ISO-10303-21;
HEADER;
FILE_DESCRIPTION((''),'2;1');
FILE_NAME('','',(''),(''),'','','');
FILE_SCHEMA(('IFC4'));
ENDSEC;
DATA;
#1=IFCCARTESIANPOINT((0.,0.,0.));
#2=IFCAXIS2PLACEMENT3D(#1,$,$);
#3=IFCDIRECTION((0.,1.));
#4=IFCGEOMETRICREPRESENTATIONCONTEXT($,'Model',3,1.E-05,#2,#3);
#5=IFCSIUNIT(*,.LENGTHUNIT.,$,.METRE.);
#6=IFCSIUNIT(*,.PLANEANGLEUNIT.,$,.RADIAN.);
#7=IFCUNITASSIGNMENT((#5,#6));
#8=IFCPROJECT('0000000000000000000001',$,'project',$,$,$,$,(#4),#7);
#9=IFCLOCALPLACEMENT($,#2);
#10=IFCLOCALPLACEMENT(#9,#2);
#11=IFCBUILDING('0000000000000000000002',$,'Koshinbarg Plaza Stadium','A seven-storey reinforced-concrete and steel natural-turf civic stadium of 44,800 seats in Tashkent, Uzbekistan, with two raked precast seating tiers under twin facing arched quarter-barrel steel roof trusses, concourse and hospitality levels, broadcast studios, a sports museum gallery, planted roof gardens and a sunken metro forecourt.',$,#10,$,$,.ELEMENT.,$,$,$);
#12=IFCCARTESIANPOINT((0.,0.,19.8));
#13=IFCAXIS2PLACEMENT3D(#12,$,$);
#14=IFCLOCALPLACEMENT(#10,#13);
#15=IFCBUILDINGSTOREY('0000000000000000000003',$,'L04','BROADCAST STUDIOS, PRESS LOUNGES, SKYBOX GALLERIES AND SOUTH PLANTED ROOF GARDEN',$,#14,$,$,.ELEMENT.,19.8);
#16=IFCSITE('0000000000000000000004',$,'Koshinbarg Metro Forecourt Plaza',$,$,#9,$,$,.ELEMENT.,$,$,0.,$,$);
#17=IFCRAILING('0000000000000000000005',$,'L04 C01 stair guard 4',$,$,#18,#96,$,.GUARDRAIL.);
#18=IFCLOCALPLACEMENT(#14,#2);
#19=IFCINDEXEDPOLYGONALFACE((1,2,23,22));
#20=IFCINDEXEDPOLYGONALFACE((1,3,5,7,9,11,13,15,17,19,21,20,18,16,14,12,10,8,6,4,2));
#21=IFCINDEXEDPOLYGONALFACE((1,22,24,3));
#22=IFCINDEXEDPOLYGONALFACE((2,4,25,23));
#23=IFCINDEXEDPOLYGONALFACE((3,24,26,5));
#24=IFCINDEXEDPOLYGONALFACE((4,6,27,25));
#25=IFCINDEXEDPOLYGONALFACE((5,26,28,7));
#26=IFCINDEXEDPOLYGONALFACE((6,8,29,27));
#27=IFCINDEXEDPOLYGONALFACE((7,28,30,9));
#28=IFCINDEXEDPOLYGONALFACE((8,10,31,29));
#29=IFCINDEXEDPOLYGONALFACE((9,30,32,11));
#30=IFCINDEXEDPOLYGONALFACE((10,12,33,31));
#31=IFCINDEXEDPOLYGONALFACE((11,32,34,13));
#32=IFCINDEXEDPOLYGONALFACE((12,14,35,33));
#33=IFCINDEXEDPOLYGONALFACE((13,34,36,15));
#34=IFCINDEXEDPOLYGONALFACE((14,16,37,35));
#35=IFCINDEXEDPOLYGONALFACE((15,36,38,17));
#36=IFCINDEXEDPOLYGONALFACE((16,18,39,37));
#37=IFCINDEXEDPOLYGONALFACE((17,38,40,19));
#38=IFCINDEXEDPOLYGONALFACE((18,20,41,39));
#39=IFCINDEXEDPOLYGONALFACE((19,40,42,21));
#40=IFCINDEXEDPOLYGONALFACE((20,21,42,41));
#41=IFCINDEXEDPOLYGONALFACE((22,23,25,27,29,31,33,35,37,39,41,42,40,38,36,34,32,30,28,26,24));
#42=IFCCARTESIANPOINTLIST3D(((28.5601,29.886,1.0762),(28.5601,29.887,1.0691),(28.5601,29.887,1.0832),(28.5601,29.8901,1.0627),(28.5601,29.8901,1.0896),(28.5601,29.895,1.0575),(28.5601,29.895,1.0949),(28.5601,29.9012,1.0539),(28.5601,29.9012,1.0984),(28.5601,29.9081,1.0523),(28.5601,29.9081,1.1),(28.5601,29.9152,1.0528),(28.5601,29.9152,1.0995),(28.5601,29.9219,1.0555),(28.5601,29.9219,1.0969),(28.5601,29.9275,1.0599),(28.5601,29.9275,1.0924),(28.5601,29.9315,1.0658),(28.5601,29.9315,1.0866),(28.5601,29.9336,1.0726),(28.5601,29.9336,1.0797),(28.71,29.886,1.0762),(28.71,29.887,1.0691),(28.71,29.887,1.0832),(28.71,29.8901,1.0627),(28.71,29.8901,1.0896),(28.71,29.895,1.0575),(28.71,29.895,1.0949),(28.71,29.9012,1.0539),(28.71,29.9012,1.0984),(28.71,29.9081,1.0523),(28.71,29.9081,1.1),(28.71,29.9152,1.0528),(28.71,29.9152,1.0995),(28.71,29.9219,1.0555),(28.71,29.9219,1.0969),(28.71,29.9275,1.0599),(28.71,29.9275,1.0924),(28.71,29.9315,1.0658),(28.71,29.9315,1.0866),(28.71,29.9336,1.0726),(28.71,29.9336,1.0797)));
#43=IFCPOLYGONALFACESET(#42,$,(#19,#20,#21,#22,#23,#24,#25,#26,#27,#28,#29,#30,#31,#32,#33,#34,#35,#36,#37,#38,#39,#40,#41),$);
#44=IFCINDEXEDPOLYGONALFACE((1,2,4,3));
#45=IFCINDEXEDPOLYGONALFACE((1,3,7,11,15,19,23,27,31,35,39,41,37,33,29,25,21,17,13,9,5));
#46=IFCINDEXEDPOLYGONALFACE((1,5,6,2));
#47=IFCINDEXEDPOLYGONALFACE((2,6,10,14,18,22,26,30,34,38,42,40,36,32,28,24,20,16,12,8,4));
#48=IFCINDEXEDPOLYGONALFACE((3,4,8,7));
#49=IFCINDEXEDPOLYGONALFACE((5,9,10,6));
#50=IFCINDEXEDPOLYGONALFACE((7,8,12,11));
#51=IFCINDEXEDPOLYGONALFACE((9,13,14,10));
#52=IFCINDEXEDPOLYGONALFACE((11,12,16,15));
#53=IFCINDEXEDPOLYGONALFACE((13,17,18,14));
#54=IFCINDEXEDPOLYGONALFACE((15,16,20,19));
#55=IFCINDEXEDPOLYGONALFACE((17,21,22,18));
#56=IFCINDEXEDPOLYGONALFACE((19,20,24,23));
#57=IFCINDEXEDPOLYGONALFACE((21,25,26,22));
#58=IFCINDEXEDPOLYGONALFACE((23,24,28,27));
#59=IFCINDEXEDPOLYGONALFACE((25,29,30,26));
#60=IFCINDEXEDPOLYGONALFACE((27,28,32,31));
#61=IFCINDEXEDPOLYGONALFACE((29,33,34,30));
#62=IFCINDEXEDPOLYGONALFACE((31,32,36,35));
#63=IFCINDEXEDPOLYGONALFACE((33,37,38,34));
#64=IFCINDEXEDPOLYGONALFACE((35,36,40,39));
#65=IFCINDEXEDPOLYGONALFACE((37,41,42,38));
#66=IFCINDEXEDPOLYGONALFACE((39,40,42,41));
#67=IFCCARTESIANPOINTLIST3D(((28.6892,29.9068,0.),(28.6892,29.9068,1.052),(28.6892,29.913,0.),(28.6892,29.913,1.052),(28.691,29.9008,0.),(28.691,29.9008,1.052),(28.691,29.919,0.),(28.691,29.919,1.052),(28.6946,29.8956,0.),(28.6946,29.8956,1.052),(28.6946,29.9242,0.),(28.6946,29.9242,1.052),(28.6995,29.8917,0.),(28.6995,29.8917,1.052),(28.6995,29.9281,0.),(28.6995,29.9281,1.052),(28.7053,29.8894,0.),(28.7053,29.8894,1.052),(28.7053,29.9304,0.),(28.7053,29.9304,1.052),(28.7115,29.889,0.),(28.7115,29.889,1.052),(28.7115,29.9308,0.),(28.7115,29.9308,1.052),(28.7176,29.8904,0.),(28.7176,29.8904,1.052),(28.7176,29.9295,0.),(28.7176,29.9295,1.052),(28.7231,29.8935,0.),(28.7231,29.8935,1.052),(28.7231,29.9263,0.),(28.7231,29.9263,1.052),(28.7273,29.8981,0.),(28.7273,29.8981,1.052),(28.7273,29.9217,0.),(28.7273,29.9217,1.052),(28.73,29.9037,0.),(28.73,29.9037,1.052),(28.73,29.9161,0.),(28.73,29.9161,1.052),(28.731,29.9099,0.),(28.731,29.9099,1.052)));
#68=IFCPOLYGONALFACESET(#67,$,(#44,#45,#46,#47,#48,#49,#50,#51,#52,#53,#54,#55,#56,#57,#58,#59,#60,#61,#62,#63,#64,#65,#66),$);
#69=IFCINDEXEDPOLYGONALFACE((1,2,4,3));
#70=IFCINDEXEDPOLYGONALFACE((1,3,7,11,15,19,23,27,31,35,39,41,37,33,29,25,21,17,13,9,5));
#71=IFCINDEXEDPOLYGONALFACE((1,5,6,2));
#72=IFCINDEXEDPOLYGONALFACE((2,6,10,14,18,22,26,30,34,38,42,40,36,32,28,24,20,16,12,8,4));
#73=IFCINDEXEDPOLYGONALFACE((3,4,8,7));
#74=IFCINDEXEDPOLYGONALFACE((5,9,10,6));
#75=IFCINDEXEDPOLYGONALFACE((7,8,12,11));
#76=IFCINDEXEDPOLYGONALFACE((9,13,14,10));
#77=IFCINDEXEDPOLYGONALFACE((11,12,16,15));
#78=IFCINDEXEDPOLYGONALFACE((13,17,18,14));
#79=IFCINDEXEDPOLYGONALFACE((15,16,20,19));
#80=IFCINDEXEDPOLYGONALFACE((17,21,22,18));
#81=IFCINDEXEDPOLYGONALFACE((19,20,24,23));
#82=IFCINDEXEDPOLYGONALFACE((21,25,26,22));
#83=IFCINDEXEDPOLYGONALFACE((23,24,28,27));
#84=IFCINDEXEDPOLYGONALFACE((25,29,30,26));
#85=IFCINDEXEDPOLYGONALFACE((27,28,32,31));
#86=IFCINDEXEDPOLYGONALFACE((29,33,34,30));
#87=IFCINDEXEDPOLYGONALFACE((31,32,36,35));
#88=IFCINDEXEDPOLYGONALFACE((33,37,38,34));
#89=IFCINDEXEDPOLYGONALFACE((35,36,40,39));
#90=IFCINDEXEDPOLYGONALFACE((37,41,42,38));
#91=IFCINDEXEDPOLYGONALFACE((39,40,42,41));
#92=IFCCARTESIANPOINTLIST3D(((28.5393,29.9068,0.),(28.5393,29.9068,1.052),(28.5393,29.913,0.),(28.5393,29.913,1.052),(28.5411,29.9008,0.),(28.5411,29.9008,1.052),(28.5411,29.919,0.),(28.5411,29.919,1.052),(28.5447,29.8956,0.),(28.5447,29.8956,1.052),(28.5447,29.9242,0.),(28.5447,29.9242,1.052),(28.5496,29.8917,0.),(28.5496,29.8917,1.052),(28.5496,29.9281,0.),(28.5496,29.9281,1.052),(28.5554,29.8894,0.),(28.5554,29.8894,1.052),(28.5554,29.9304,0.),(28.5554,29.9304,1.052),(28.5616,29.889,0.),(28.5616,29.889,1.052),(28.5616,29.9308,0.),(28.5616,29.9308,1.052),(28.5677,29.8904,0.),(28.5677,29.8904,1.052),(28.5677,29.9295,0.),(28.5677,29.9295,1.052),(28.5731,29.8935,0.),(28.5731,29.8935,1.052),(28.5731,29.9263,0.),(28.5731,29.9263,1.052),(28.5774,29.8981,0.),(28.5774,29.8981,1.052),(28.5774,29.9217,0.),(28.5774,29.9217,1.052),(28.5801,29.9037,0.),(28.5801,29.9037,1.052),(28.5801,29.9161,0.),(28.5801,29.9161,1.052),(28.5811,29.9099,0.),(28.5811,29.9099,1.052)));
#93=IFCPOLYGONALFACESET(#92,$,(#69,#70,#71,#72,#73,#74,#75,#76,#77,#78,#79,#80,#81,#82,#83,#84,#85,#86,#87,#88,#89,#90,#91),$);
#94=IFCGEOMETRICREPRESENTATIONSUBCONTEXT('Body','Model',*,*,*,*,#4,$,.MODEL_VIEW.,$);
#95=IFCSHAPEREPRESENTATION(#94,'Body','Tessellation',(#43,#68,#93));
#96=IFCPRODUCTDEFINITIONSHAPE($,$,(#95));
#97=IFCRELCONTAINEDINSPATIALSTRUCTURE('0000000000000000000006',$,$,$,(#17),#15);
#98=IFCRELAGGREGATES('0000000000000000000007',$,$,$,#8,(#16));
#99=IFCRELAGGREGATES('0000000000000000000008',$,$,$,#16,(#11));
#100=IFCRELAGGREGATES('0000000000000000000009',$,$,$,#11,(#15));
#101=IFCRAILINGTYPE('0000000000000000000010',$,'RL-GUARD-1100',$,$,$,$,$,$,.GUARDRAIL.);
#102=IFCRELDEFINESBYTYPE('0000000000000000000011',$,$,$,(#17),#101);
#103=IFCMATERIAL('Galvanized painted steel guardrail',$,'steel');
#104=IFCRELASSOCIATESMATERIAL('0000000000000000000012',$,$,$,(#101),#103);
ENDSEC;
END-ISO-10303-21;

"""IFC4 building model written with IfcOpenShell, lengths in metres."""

from ifc_helpers import new_model, si_unit, direction, frame, origin, origin_2d, place, context, subcontext, project, spatial, circle, extrude, material, type_object, element, save


model = new_model("IFC4")

# Units and contexts
model_context = context("Model", 3, precision=1e-05, world=origin(), true_north=direction((0.0, 1.0)))
body_context = subcontext(model_context, "Body", "Model", "MODEL_VIEW")
ifc_project = project(units=[si_unit("LENGTHUNIT", "METRE"), si_unit("PLANEANGLEUNIT", "RADIAN")], contexts=[model_context])

# Site, building, storey
site_placement = place(None, origin())
site = spatial("IfcSite", under=ifc_project, at=site_placement, Name="Koshinbarg Metro Forecourt Plaza", CompositionType="ELEMENT", RefElevation=0.0)
building_placement = place(site_placement, origin())
building = spatial("IfcBuilding", under=site, at=building_placement, Name="Koshinbarg Plaza Stadium", Description="A seven-storey reinforced-concrete and steel natural-turf civic stadium of 44,800 seats in Tashkent, Uzbekistan, with two raked precast seating tiers under twin facing arched quarter-barrel steel roof trusses, concourse and hospitality levels, broadcast studios, a sports museum gallery, planted roof gardens and a sunken metro forecourt.", CompositionType="ELEMENT")
storey_placement = place(building_placement, frame((0.0, 0.0, 19.8)))
storey = spatial("IfcBuildingStorey", under=building, at=storey_placement, Name="L04", Description="BROADCAST STUDIOS, PRESS LOUNGES, SKYBOX GALLERIES AND SOUTH PLANTED ROOF GARDEN", CompositionType="ELEMENT", Elevation=19.8)

# Railing
ifc_material_1 = material(Name="Galvanized painted steel guardrail", Category="steel")
railing_type_1 = type_object("IfcRailingType", Name="RL-GUARD-1100", PredefinedType="GUARDRAIL", material=ifc_material_1)
railing_1_placement = place(storey_placement, frame((28.71, 29.9099, 0.0)))
element("IfcRailing", 1, at=railing_1_placement, inside=storey, type_object=railing_type_1, Name="L04 C01 stair guard 4", PredefinedType="GUARDRAIL", context=body_context, shape_type="SweptSolid", body=[
    extrude(circle(Radius=0.0239, at=origin_2d()), frame((0.0, 0.0, 1.0762), z_axis=(-1.0, 0.0, 0.0), x_axis=(0.0, -1.0, 0.0)), (0.0, 0.0, 1.0), 0.1499),
    extrude(circle(Radius=0.021, at=origin_2d()), origin(), (0.0, 0.0, 1.0), 1.052),
    extrude(circle(Radius=0.021, at=origin_2d()), frame((-0.1499, 0.0, 0.0)), (0.0, 0.0, 1.0), 1.052),
])

save(model, "model.ifc")
